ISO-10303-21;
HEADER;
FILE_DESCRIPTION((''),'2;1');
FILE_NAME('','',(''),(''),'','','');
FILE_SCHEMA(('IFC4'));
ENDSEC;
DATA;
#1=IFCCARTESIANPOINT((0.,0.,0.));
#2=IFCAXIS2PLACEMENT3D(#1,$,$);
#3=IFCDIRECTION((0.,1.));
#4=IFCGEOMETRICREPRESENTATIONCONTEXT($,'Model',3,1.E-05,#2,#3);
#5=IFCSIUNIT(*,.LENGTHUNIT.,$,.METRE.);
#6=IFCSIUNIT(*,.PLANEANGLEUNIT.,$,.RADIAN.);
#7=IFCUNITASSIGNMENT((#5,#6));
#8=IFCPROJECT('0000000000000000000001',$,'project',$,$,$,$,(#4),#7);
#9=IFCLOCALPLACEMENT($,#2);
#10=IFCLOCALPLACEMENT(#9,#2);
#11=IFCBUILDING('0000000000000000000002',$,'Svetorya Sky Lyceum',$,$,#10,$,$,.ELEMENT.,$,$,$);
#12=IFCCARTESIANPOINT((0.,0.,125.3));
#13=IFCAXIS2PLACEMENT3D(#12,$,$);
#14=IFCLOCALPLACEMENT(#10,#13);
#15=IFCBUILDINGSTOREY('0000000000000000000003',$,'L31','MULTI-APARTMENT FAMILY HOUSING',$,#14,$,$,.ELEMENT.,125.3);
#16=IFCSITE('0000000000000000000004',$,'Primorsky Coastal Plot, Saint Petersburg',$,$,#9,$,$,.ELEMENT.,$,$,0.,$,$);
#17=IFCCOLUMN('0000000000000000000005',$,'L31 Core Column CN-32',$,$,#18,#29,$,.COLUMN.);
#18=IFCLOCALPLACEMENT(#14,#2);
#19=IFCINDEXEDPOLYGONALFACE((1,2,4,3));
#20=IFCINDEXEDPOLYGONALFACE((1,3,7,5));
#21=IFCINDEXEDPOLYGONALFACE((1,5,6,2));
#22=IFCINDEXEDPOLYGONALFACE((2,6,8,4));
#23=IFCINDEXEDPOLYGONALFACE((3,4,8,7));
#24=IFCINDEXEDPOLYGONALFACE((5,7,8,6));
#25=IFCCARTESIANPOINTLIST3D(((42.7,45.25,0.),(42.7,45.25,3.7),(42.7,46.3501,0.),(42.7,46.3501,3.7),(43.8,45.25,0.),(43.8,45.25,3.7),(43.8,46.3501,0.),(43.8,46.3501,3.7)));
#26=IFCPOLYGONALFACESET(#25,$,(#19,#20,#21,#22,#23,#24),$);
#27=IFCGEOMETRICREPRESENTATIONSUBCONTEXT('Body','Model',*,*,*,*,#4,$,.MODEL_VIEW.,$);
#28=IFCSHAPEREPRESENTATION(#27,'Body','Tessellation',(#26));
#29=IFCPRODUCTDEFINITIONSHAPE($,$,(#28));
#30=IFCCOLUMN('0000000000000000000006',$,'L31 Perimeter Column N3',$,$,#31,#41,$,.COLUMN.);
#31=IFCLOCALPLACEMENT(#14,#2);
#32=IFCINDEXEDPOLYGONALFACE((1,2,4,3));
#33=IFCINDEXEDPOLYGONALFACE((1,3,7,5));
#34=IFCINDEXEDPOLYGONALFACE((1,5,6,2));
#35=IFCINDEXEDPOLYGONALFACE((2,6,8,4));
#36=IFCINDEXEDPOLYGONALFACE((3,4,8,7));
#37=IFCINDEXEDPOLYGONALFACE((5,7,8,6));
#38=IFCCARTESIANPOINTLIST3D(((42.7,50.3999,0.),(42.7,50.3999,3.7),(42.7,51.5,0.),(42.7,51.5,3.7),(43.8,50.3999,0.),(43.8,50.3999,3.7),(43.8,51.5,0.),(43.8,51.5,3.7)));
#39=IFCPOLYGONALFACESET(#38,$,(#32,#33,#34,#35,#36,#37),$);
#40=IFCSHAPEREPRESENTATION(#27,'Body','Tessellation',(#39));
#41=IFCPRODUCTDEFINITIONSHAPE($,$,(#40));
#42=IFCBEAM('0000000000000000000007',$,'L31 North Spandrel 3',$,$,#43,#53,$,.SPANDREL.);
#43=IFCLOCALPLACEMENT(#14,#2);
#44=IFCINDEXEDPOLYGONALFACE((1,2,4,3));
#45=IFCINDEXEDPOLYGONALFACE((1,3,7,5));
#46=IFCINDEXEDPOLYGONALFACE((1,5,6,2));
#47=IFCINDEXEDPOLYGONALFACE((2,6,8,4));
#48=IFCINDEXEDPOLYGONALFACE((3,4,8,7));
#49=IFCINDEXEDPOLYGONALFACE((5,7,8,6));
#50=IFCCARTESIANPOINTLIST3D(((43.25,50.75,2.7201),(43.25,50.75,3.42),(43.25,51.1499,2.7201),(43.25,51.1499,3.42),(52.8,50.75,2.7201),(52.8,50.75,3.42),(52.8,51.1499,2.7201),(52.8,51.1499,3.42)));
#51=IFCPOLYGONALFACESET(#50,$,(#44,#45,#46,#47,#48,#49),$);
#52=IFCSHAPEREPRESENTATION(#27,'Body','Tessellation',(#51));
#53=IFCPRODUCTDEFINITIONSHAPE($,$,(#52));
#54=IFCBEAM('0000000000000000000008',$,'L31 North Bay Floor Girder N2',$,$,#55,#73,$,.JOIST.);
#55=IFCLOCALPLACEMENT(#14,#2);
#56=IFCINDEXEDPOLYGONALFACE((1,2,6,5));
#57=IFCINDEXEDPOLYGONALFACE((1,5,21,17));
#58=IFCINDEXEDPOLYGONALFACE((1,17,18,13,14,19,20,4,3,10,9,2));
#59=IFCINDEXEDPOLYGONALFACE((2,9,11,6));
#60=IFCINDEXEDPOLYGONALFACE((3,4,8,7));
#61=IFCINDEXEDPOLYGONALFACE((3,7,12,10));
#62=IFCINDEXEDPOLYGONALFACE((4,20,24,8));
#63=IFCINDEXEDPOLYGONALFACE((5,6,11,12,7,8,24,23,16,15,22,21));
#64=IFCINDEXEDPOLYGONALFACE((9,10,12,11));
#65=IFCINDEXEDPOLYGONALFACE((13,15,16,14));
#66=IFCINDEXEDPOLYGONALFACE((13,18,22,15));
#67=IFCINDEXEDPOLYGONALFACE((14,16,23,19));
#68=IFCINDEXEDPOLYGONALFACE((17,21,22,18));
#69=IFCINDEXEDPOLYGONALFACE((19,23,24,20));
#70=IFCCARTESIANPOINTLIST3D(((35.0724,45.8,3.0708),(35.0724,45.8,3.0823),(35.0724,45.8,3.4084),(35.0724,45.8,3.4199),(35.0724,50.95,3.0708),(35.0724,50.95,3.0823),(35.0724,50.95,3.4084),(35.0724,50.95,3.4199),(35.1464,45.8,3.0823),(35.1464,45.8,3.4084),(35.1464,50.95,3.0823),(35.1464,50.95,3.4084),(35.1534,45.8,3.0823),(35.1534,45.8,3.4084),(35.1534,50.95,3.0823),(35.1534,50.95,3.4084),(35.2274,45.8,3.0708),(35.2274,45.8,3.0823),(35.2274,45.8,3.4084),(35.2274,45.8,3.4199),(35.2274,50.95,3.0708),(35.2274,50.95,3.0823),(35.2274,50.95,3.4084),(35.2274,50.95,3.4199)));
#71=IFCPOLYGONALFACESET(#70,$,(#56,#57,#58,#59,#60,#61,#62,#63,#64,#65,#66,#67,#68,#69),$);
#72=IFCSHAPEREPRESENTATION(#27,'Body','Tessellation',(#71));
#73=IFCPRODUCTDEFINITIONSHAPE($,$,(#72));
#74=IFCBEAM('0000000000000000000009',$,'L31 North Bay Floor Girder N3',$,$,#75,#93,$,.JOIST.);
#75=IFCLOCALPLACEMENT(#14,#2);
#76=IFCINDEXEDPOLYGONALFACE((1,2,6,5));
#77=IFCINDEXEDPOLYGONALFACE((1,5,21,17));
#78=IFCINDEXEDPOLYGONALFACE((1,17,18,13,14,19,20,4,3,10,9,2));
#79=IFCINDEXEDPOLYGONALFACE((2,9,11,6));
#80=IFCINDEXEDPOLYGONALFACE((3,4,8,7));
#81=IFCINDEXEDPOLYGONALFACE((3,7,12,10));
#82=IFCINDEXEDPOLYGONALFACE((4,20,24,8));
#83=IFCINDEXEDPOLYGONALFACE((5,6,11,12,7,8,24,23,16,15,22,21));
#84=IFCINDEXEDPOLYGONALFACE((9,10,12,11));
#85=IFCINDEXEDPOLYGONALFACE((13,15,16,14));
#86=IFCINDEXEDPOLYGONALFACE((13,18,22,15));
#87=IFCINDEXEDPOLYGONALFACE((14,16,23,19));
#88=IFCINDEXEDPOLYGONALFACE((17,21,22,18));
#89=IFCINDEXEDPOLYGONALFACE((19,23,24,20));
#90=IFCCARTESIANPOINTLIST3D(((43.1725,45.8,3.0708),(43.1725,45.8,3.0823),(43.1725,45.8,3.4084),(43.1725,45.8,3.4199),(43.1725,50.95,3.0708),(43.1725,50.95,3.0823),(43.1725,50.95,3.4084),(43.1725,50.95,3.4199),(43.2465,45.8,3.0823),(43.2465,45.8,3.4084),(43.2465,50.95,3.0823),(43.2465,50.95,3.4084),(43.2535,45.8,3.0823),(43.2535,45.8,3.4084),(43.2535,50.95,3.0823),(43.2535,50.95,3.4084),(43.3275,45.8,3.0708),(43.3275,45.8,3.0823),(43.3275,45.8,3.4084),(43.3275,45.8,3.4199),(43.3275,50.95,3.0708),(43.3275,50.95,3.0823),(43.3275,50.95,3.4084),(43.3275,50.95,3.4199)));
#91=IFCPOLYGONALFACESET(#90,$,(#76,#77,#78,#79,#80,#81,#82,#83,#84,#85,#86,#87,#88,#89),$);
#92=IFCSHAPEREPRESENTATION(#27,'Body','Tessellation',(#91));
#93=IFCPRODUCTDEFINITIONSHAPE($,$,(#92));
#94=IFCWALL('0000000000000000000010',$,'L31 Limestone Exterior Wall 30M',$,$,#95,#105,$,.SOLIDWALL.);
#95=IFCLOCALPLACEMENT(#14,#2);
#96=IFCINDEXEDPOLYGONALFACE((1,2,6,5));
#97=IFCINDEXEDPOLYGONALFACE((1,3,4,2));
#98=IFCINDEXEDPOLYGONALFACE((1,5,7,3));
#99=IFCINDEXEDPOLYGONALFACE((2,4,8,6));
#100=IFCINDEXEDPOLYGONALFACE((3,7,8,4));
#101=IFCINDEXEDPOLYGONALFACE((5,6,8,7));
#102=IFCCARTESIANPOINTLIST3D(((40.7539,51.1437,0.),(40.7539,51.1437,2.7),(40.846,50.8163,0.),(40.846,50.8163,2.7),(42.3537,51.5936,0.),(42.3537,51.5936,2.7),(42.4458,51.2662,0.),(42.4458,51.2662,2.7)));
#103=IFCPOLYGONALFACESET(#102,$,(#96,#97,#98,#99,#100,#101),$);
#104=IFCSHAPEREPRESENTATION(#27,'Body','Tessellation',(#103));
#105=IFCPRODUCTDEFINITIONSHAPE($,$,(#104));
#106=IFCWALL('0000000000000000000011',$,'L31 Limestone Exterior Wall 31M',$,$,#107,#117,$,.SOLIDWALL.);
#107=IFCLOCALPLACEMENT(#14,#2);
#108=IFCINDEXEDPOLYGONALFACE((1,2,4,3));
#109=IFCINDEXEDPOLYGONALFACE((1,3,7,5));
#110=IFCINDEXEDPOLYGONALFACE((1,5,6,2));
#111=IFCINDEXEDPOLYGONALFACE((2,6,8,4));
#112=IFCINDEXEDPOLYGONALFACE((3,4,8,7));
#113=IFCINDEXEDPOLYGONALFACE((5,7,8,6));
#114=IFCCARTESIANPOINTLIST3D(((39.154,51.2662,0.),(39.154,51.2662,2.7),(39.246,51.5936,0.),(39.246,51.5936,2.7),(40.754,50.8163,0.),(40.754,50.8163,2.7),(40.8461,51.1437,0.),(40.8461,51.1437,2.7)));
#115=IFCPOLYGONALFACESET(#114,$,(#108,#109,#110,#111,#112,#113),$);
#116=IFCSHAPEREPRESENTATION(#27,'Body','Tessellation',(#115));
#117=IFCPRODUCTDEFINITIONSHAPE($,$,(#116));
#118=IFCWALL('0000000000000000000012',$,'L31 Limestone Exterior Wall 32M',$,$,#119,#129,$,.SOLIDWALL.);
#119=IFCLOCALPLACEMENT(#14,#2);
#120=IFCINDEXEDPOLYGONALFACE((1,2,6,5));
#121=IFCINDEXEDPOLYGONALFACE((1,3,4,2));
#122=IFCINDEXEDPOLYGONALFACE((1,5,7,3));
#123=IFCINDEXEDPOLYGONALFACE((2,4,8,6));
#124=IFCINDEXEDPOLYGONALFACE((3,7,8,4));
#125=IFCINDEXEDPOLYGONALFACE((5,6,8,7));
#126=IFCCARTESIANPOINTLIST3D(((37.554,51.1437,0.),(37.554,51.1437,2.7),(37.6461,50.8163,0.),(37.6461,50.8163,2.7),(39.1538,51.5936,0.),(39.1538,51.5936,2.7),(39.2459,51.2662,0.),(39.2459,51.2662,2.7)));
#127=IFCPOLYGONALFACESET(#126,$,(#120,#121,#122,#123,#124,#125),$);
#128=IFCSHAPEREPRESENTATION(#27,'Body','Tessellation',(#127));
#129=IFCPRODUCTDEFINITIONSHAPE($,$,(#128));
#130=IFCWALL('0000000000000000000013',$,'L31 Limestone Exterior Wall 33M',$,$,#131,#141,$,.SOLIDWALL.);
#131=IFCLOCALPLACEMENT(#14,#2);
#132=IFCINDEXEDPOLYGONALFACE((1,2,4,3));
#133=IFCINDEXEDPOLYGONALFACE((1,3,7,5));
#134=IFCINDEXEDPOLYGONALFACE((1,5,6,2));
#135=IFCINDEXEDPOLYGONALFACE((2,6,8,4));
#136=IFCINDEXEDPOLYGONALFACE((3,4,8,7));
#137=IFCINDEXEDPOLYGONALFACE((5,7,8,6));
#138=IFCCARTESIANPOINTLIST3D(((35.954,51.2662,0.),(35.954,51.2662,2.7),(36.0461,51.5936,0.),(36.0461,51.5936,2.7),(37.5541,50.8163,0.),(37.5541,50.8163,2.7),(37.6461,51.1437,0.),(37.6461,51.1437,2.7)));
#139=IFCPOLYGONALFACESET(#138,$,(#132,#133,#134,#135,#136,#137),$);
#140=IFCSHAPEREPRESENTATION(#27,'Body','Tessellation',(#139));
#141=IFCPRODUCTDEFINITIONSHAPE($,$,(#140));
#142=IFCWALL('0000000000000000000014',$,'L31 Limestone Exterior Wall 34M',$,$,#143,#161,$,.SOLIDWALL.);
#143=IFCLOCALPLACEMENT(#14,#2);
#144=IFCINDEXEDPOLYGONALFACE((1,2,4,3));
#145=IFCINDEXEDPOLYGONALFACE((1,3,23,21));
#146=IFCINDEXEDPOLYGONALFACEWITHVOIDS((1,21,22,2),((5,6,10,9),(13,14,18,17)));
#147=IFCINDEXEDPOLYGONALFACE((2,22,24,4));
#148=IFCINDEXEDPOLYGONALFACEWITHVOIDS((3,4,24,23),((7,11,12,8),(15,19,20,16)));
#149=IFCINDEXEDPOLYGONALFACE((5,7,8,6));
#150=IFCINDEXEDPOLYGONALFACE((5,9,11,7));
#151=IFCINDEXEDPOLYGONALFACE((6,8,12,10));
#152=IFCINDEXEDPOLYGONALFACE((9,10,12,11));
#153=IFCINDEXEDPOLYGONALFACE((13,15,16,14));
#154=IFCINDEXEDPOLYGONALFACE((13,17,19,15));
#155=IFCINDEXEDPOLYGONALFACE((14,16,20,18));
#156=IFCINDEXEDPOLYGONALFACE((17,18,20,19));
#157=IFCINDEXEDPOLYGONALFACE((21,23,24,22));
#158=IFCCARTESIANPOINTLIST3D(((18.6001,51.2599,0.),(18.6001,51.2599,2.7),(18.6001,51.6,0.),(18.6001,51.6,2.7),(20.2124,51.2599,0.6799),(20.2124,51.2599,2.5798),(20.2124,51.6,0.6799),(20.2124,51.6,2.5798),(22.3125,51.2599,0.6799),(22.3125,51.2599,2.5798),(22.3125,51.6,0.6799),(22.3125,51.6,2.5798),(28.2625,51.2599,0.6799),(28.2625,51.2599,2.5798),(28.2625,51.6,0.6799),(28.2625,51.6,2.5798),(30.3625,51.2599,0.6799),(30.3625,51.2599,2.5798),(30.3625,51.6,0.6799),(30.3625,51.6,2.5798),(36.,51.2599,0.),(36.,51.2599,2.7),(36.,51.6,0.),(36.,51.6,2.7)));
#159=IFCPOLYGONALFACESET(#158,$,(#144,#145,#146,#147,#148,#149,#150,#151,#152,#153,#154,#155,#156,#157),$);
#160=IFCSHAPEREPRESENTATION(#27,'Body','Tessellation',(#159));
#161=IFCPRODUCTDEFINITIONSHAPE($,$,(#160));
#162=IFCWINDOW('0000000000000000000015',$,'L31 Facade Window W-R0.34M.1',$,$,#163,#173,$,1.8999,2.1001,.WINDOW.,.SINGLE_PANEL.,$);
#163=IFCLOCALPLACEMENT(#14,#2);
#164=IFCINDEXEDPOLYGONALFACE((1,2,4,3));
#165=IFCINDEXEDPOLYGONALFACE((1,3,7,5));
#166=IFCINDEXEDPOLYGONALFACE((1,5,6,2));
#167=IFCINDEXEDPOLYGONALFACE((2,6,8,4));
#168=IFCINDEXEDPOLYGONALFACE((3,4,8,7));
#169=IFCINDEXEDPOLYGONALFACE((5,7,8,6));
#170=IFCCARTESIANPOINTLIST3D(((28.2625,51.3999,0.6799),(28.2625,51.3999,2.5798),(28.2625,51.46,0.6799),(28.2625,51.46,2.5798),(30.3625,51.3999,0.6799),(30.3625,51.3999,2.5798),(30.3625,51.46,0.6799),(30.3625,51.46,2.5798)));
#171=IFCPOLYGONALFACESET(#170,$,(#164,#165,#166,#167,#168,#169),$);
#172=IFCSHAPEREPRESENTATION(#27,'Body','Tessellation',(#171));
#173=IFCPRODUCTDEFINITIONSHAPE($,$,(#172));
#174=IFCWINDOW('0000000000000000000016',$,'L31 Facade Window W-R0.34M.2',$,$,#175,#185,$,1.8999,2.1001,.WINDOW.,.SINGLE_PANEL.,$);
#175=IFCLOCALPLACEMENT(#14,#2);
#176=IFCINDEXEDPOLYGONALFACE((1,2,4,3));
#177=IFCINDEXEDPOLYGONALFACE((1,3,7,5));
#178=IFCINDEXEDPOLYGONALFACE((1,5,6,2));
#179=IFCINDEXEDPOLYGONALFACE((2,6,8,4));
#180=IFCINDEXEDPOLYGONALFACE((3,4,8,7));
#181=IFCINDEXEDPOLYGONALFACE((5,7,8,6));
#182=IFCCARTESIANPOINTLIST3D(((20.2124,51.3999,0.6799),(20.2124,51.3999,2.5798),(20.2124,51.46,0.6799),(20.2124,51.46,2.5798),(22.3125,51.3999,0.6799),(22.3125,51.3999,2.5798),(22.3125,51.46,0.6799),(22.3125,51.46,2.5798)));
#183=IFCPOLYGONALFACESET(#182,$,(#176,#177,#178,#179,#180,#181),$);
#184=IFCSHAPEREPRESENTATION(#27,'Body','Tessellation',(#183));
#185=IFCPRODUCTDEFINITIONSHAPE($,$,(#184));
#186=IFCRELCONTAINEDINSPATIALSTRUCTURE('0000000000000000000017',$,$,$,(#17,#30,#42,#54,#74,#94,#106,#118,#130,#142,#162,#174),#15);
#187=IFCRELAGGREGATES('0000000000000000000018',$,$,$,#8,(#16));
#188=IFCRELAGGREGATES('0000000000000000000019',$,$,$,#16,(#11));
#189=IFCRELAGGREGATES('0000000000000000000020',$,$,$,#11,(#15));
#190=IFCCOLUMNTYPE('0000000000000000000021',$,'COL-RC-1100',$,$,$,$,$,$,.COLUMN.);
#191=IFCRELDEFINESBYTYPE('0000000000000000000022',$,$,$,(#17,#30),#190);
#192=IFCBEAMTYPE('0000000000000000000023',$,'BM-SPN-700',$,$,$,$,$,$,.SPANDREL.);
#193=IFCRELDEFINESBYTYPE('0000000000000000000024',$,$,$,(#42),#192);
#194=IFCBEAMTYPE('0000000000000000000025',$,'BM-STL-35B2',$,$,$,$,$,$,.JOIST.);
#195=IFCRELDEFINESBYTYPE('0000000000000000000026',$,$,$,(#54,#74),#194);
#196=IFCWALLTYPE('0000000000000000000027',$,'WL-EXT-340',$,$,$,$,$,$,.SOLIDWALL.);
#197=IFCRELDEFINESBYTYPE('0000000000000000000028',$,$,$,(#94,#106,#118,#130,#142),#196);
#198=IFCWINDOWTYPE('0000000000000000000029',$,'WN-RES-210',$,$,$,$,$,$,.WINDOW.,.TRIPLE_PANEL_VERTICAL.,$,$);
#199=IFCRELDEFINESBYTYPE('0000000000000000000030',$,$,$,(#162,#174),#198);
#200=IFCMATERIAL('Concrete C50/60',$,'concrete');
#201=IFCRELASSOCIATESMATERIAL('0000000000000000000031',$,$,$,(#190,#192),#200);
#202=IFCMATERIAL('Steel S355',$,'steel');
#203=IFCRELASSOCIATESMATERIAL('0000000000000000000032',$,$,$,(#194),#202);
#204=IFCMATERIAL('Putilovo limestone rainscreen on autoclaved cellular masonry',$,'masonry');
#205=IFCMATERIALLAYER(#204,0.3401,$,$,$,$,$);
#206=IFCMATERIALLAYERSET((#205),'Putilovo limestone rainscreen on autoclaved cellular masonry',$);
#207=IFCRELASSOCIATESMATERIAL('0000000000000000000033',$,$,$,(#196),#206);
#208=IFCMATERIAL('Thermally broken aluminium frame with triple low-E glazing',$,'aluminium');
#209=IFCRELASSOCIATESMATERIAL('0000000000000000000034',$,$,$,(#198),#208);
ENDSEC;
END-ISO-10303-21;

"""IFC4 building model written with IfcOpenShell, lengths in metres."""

from ifc_helpers import new_model, si_unit, direction, frame, frame_2d, origin, origin_2d, place, context, subcontext, project, spatial, rectangle, i_section, extrude, material, layer, layer_set, material_profile, profile_set, type_object, element, fill, save


model = new_model("IFC4")

# Units and contexts
model_context = context("Model", 3, precision=1e-05, world=origin(), true_north=direction((0.0, 1.0)))
body_context = subcontext(model_context, "Body", "Model", "MODEL_VIEW")
ifc_project = project(units=[si_unit("LENGTHUNIT", "METRE"), si_unit("PLANEANGLEUNIT", "RADIAN")], contexts=[model_context])

# Site, building, storey
site_placement = place(None, origin())
site = spatial("IfcSite", under=ifc_project, at=site_placement, Name="Primorsky Coastal Plot, Saint Petersburg", CompositionType="ELEMENT", RefElevation=0.0)
building_placement = place(site_placement, origin())
building = spatial("IfcBuilding", under=site, at=building_placement, Name="Svetorya Sky Lyceum", CompositionType="ELEMENT")
storey_placement = place(building_placement, frame((0.0, 0.0, 125.3)))
storey = spatial("IfcBuildingStorey", under=building, at=storey_placement, Name="L31", Description="MULTI-APARTMENT FAMILY HOUSING", CompositionType="ELEMENT", Elevation=125.3)

# Columns
ifc_material_1 = material(Name="Concrete C50/60", Category="concrete")
ifc_material_profile_1 = material_profile(ifc_material_1, rectangle(XDim=1.1001, YDim=1.1001, at=origin_2d()), Name="RC COL 1100x1100")
ifc_profile_set_1 = profile_set([ifc_material_profile_1], Name="Concrete C50/60")
column_type = type_object("IfcColumnType", Name="COL-RC-1100", PredefinedType="COLUMN", material=ifc_profile_set_1)
for number, where, z_axis, x_axis, name in (
    (1, (43.25, 45.8, 0.0), (0.0, 0.0, 1.0), (1.0, 0.0, 0.0), "L31 Core Column CN-32"),
    (2, (43.25, 50.95, 0.0), (0.0, 0.0, 1.0), (1.0, 0.0, 0.0), "L31 Perimeter Column N3"),
):
    element("IfcColumn", number, at=place(storey_placement, frame(where, z_axis=z_axis, x_axis=x_axis)), inside=storey, type_object=column_type, Name=name, PredefinedType="COLUMN", context=body_context, shape_type="SweptSolid", body=[
        extrude(rectangle(XDim=1.1001, YDim=1.1001, at=origin_2d()), origin(), (0.0, 0.0, 1.0), 3.7),
    ])

# Beams
ifc_material_profile_2 = material_profile(ifc_material_1, rectangle(XDim=0.3999, YDim=0.7, at=origin_2d()), Name="RC SPANDREL 400x700")
ifc_profile_set_2 = profile_set([ifc_material_profile_2], Name="Concrete C50/60")
beam_type_1 = type_object("IfcBeamType", Name="BM-SPN-700", PredefinedType="SPANDREL", material=ifc_profile_set_2)
beam_placement = place(storey_placement, frame((43.25, 50.95, 3.0701), z_axis=(1.0, 0.0, 0.0), x_axis=(0.0, 1.0, 0.0)))
element("IfcBeam", 3, at=beam_placement, inside=storey, type_object=beam_type_1, Name="L31 North Spandrel 3", PredefinedType="SPANDREL", context=body_context, shape_type="SweptSolid", body=[
    extrude(rectangle(XDim=0.3999, YDim=0.7, at=origin_2d()), origin(), (0.0, 0.0, 1.0), 9.55),
])
ifc_material_2 = material(Name="Steel S355", Category="steel")
ifc_material_profile_3 = material_profile(ifc_material_2, i_section(OverallWidth=0.155, OverallDepth=0.3491, WebThickness=0.0071, FlangeThickness=0.0115, at=origin_2d()), Name="GOST 35B2")
ifc_profile_set_3 = profile_set([ifc_material_profile_3], Name="Steel S355")
beam_type_2 = type_object("IfcBeamType", Name="BM-STL-35B2", PredefinedType="JOIST", material=ifc_profile_set_3)
for number, where, z_axis, x_axis, name in (
    (4, (35.1499, 45.8, 3.2454), (0.0, 1.0, 0.0), (-1.0, 0.0, 0.0), "L31 North Bay Floor Girder N2"),
    (5, (43.25, 45.8, 3.2454), (0.0, 1.0, 0.0), (-1.0, 0.0, 0.0), "L31 North Bay Floor Girder N3"),
):
    element("IfcBeam", number, at=place(storey_placement, frame(where, z_axis=z_axis, x_axis=x_axis)), inside=storey, type_object=beam_type_2, Name=name, PredefinedType="JOIST", context=body_context, shape_type="SweptSolid", body=[
        extrude(i_section(OverallWidth=0.155, OverallDepth=0.3491, WebThickness=0.0071, FlangeThickness=0.0115, at=origin_2d()), origin(), (0.0, 0.0, 1.0), 5.1499),
    ])

# Walls
ifc_material_3 = material(Name="Putilovo limestone rainscreen on autoclaved cellular masonry", Category="masonry")
ifc_layer_1 = layer(ifc_material_3, 0.3401)
ifc_layer_set_1 = layer_set([ifc_layer_1], Name="Putilovo limestone rainscreen on autoclaved cellular masonry")
wall_type_1 = type_object("IfcWallType", Name="WL-EXT-340", PredefinedType="SOLIDWALL", material=ifc_layer_set_1)
wall_1_placement = place(storey_placement, frame((42.3999, 51.4299, 0.0), z_axis=(0.0, 0.0, 1.0), x_axis=(-0.962652, -0.270741, 0.0)))
element("IfcWall", 6, at=wall_1_placement, inside=storey, type_object=wall_type_1, Name="L31 Limestone Exterior Wall 30M", PredefinedType="SOLIDWALL", context=body_context, shape_type="SweptSolid", body=[
    extrude(rectangle(XDim=1.6619, YDim=0.3401, at=frame_2d((0.8311, 0.0))), origin(), (0.0, 0.0, 1.0), 2.7),
])
wall_2_placement = place(storey_placement, frame((40.8, 50.98, 0.0), z_axis=(0.0, 0.0, 1.0), x_axis=(-0.962663, 0.270703, 0.0)))
element("IfcWall", 7, at=wall_2_placement, inside=storey, type_object=wall_type_1, Name="L31 Limestone Exterior Wall 31M", PredefinedType="SOLIDWALL", context=body_context, shape_type="SweptSolid", body=[
    extrude(rectangle(XDim=1.6621, YDim=0.3401, at=frame_2d((0.8311, 0.0))), origin(), (0.0, 0.0, 1.0), 2.7),
])
wall_3_placement = place(storey_placement, frame((39.2, 51.4299, 0.0), z_axis=(0.0, 0.0, 1.0), x_axis=(-0.962652, -0.270741, 0.0)))
element("IfcWall", 8, at=wall_3_placement, inside=storey, type_object=wall_type_1, Name="L31 Limestone Exterior Wall 32M", PredefinedType="SOLIDWALL", context=body_context, shape_type="SweptSolid", body=[
    extrude(rectangle(XDim=1.6619, YDim=0.3401, at=frame_2d((0.8311, 0.0))), origin(), (0.0, 0.0, 1.0), 2.7),
])
wall_4_placement = place(storey_placement, frame((37.6001, 50.98, 0.0), z_axis=(0.0, 0.0, 1.0), x_axis=(-0.962663, 0.270703, 0.0)))
element("IfcWall", 9, at=wall_4_placement, inside=storey, type_object=wall_type_1, Name="L31 Limestone Exterior Wall 33M", PredefinedType="SOLIDWALL", context=body_context, shape_type="SweptSolid", body=[
    extrude(rectangle(XDim=1.6621, YDim=0.3401, at=frame_2d((0.8311, 0.0))), origin(), (0.0, 0.0, 1.0), 2.7),
])

# Wall, openings, windows
wall_5_placement = place(storey_placement, frame((36.0, 51.4299, 0.0), z_axis=(0.0, 0.0, 1.0), x_axis=(-1.0, 0.0, 0.0)))
wall_5 = element("IfcWall", 10, at=wall_5_placement, inside=storey, type_object=wall_type_1, Name="L31 Limestone Exterior Wall 34M", PredefinedType="SOLIDWALL", context=body_context, shape_type="SweptSolid", body=[
    extrude(rectangle(XDim=17.3999, YDim=0.3401, at=frame_2d((8.7, 0.0))), origin(), (0.0, 0.0, 1.0), 2.7),
])
opening_1_placement = place(wall_5_placement, frame((5.6375, 0.0, 0.6799)))
opening_1 = element("IfcOpeningElement", 11, at=opening_1_placement, cuts=wall_5, PredefinedType="OPENING", context=body_context, shape_type="SweptSolid", body=[
    extrude(rectangle(XDim=2.1001, YDim=1.8999, at=frame_2d((1.05, 0.95))), frame((0.0, 0.1799, 0.0), z_axis=(0.0, -1.0, 0.0), x_axis=(1.0, 0.0, 0.0)), (0.0, 0.0, 1.0), 0.3601),
])
opening_2_placement = place(wall_5_placement, frame((13.6875, 0.0, 0.6799)))
opening_2 = element("IfcOpeningElement", 12, at=opening_2_placement, cuts=wall_5, PredefinedType="OPENING", context=body_context, shape_type="SweptSolid", body=[
    extrude(rectangle(XDim=2.1001, YDim=1.8999, at=frame_2d((1.05, 0.95))), frame((0.0, 0.1799, 0.0), z_axis=(0.0, -1.0, 0.0), x_axis=(1.0, 0.0, 0.0)), (0.0, 0.0, 1.0), 0.3601),
])
ifc_material_4 = material(Name="Thermally broken aluminium frame with triple low-E glazing", Category="aluminium")
window_type = type_object("IfcWindowType", Name="WN-RES-210", PartitioningType="TRIPLE_PANEL_VERTICAL", PredefinedType="WINDOW", material=ifc_material_4)
window_1_placement = place(opening_1_placement, origin())
window_1 = element("IfcWindow", 13, at=window_1_placement, inside=storey, type_object=window_type, Name="L31 Facade Window W-R0.34M.1", OverallHeight=1.8999, OverallWidth=2.1001, PartitioningType="SINGLE_PANEL", PredefinedType="WINDOW", context=body_context, shape_type="SweptSolid", body=[
    extrude(rectangle(XDim=2.1001, YDim=1.8999, at=frame_2d((1.05, 0.95))), frame((0.0, 0.03, 0.0), z_axis=(0.0, -1.0, 0.0), x_axis=(1.0, 0.0, 0.0)), (0.0, 0.0, 1.0), 0.0601),
])
fill(opening_1, window_1)
window_2_placement = place(opening_2_placement, origin())
window_2 = element("IfcWindow", 14, at=window_2_placement, inside=storey, type_object=window_type, Name="L31 Facade Window W-R0.34M.2", OverallHeight=1.8999, OverallWidth=2.1001, PartitioningType="SINGLE_PANEL", PredefinedType="WINDOW", context=body_context, shape_type="SweptSolid", body=[
    extrude(rectangle(XDim=2.1001, YDim=1.8999, at=frame_2d((1.05, 0.95))), frame((0.0, 0.03, 0.0), z_axis=(0.0, -1.0, 0.0), x_axis=(1.0, 0.0, 0.0)), (0.0, 0.0, 1.0), 0.0601),
])
fill(opening_2, window_2)

save(model, "model.ifc")
